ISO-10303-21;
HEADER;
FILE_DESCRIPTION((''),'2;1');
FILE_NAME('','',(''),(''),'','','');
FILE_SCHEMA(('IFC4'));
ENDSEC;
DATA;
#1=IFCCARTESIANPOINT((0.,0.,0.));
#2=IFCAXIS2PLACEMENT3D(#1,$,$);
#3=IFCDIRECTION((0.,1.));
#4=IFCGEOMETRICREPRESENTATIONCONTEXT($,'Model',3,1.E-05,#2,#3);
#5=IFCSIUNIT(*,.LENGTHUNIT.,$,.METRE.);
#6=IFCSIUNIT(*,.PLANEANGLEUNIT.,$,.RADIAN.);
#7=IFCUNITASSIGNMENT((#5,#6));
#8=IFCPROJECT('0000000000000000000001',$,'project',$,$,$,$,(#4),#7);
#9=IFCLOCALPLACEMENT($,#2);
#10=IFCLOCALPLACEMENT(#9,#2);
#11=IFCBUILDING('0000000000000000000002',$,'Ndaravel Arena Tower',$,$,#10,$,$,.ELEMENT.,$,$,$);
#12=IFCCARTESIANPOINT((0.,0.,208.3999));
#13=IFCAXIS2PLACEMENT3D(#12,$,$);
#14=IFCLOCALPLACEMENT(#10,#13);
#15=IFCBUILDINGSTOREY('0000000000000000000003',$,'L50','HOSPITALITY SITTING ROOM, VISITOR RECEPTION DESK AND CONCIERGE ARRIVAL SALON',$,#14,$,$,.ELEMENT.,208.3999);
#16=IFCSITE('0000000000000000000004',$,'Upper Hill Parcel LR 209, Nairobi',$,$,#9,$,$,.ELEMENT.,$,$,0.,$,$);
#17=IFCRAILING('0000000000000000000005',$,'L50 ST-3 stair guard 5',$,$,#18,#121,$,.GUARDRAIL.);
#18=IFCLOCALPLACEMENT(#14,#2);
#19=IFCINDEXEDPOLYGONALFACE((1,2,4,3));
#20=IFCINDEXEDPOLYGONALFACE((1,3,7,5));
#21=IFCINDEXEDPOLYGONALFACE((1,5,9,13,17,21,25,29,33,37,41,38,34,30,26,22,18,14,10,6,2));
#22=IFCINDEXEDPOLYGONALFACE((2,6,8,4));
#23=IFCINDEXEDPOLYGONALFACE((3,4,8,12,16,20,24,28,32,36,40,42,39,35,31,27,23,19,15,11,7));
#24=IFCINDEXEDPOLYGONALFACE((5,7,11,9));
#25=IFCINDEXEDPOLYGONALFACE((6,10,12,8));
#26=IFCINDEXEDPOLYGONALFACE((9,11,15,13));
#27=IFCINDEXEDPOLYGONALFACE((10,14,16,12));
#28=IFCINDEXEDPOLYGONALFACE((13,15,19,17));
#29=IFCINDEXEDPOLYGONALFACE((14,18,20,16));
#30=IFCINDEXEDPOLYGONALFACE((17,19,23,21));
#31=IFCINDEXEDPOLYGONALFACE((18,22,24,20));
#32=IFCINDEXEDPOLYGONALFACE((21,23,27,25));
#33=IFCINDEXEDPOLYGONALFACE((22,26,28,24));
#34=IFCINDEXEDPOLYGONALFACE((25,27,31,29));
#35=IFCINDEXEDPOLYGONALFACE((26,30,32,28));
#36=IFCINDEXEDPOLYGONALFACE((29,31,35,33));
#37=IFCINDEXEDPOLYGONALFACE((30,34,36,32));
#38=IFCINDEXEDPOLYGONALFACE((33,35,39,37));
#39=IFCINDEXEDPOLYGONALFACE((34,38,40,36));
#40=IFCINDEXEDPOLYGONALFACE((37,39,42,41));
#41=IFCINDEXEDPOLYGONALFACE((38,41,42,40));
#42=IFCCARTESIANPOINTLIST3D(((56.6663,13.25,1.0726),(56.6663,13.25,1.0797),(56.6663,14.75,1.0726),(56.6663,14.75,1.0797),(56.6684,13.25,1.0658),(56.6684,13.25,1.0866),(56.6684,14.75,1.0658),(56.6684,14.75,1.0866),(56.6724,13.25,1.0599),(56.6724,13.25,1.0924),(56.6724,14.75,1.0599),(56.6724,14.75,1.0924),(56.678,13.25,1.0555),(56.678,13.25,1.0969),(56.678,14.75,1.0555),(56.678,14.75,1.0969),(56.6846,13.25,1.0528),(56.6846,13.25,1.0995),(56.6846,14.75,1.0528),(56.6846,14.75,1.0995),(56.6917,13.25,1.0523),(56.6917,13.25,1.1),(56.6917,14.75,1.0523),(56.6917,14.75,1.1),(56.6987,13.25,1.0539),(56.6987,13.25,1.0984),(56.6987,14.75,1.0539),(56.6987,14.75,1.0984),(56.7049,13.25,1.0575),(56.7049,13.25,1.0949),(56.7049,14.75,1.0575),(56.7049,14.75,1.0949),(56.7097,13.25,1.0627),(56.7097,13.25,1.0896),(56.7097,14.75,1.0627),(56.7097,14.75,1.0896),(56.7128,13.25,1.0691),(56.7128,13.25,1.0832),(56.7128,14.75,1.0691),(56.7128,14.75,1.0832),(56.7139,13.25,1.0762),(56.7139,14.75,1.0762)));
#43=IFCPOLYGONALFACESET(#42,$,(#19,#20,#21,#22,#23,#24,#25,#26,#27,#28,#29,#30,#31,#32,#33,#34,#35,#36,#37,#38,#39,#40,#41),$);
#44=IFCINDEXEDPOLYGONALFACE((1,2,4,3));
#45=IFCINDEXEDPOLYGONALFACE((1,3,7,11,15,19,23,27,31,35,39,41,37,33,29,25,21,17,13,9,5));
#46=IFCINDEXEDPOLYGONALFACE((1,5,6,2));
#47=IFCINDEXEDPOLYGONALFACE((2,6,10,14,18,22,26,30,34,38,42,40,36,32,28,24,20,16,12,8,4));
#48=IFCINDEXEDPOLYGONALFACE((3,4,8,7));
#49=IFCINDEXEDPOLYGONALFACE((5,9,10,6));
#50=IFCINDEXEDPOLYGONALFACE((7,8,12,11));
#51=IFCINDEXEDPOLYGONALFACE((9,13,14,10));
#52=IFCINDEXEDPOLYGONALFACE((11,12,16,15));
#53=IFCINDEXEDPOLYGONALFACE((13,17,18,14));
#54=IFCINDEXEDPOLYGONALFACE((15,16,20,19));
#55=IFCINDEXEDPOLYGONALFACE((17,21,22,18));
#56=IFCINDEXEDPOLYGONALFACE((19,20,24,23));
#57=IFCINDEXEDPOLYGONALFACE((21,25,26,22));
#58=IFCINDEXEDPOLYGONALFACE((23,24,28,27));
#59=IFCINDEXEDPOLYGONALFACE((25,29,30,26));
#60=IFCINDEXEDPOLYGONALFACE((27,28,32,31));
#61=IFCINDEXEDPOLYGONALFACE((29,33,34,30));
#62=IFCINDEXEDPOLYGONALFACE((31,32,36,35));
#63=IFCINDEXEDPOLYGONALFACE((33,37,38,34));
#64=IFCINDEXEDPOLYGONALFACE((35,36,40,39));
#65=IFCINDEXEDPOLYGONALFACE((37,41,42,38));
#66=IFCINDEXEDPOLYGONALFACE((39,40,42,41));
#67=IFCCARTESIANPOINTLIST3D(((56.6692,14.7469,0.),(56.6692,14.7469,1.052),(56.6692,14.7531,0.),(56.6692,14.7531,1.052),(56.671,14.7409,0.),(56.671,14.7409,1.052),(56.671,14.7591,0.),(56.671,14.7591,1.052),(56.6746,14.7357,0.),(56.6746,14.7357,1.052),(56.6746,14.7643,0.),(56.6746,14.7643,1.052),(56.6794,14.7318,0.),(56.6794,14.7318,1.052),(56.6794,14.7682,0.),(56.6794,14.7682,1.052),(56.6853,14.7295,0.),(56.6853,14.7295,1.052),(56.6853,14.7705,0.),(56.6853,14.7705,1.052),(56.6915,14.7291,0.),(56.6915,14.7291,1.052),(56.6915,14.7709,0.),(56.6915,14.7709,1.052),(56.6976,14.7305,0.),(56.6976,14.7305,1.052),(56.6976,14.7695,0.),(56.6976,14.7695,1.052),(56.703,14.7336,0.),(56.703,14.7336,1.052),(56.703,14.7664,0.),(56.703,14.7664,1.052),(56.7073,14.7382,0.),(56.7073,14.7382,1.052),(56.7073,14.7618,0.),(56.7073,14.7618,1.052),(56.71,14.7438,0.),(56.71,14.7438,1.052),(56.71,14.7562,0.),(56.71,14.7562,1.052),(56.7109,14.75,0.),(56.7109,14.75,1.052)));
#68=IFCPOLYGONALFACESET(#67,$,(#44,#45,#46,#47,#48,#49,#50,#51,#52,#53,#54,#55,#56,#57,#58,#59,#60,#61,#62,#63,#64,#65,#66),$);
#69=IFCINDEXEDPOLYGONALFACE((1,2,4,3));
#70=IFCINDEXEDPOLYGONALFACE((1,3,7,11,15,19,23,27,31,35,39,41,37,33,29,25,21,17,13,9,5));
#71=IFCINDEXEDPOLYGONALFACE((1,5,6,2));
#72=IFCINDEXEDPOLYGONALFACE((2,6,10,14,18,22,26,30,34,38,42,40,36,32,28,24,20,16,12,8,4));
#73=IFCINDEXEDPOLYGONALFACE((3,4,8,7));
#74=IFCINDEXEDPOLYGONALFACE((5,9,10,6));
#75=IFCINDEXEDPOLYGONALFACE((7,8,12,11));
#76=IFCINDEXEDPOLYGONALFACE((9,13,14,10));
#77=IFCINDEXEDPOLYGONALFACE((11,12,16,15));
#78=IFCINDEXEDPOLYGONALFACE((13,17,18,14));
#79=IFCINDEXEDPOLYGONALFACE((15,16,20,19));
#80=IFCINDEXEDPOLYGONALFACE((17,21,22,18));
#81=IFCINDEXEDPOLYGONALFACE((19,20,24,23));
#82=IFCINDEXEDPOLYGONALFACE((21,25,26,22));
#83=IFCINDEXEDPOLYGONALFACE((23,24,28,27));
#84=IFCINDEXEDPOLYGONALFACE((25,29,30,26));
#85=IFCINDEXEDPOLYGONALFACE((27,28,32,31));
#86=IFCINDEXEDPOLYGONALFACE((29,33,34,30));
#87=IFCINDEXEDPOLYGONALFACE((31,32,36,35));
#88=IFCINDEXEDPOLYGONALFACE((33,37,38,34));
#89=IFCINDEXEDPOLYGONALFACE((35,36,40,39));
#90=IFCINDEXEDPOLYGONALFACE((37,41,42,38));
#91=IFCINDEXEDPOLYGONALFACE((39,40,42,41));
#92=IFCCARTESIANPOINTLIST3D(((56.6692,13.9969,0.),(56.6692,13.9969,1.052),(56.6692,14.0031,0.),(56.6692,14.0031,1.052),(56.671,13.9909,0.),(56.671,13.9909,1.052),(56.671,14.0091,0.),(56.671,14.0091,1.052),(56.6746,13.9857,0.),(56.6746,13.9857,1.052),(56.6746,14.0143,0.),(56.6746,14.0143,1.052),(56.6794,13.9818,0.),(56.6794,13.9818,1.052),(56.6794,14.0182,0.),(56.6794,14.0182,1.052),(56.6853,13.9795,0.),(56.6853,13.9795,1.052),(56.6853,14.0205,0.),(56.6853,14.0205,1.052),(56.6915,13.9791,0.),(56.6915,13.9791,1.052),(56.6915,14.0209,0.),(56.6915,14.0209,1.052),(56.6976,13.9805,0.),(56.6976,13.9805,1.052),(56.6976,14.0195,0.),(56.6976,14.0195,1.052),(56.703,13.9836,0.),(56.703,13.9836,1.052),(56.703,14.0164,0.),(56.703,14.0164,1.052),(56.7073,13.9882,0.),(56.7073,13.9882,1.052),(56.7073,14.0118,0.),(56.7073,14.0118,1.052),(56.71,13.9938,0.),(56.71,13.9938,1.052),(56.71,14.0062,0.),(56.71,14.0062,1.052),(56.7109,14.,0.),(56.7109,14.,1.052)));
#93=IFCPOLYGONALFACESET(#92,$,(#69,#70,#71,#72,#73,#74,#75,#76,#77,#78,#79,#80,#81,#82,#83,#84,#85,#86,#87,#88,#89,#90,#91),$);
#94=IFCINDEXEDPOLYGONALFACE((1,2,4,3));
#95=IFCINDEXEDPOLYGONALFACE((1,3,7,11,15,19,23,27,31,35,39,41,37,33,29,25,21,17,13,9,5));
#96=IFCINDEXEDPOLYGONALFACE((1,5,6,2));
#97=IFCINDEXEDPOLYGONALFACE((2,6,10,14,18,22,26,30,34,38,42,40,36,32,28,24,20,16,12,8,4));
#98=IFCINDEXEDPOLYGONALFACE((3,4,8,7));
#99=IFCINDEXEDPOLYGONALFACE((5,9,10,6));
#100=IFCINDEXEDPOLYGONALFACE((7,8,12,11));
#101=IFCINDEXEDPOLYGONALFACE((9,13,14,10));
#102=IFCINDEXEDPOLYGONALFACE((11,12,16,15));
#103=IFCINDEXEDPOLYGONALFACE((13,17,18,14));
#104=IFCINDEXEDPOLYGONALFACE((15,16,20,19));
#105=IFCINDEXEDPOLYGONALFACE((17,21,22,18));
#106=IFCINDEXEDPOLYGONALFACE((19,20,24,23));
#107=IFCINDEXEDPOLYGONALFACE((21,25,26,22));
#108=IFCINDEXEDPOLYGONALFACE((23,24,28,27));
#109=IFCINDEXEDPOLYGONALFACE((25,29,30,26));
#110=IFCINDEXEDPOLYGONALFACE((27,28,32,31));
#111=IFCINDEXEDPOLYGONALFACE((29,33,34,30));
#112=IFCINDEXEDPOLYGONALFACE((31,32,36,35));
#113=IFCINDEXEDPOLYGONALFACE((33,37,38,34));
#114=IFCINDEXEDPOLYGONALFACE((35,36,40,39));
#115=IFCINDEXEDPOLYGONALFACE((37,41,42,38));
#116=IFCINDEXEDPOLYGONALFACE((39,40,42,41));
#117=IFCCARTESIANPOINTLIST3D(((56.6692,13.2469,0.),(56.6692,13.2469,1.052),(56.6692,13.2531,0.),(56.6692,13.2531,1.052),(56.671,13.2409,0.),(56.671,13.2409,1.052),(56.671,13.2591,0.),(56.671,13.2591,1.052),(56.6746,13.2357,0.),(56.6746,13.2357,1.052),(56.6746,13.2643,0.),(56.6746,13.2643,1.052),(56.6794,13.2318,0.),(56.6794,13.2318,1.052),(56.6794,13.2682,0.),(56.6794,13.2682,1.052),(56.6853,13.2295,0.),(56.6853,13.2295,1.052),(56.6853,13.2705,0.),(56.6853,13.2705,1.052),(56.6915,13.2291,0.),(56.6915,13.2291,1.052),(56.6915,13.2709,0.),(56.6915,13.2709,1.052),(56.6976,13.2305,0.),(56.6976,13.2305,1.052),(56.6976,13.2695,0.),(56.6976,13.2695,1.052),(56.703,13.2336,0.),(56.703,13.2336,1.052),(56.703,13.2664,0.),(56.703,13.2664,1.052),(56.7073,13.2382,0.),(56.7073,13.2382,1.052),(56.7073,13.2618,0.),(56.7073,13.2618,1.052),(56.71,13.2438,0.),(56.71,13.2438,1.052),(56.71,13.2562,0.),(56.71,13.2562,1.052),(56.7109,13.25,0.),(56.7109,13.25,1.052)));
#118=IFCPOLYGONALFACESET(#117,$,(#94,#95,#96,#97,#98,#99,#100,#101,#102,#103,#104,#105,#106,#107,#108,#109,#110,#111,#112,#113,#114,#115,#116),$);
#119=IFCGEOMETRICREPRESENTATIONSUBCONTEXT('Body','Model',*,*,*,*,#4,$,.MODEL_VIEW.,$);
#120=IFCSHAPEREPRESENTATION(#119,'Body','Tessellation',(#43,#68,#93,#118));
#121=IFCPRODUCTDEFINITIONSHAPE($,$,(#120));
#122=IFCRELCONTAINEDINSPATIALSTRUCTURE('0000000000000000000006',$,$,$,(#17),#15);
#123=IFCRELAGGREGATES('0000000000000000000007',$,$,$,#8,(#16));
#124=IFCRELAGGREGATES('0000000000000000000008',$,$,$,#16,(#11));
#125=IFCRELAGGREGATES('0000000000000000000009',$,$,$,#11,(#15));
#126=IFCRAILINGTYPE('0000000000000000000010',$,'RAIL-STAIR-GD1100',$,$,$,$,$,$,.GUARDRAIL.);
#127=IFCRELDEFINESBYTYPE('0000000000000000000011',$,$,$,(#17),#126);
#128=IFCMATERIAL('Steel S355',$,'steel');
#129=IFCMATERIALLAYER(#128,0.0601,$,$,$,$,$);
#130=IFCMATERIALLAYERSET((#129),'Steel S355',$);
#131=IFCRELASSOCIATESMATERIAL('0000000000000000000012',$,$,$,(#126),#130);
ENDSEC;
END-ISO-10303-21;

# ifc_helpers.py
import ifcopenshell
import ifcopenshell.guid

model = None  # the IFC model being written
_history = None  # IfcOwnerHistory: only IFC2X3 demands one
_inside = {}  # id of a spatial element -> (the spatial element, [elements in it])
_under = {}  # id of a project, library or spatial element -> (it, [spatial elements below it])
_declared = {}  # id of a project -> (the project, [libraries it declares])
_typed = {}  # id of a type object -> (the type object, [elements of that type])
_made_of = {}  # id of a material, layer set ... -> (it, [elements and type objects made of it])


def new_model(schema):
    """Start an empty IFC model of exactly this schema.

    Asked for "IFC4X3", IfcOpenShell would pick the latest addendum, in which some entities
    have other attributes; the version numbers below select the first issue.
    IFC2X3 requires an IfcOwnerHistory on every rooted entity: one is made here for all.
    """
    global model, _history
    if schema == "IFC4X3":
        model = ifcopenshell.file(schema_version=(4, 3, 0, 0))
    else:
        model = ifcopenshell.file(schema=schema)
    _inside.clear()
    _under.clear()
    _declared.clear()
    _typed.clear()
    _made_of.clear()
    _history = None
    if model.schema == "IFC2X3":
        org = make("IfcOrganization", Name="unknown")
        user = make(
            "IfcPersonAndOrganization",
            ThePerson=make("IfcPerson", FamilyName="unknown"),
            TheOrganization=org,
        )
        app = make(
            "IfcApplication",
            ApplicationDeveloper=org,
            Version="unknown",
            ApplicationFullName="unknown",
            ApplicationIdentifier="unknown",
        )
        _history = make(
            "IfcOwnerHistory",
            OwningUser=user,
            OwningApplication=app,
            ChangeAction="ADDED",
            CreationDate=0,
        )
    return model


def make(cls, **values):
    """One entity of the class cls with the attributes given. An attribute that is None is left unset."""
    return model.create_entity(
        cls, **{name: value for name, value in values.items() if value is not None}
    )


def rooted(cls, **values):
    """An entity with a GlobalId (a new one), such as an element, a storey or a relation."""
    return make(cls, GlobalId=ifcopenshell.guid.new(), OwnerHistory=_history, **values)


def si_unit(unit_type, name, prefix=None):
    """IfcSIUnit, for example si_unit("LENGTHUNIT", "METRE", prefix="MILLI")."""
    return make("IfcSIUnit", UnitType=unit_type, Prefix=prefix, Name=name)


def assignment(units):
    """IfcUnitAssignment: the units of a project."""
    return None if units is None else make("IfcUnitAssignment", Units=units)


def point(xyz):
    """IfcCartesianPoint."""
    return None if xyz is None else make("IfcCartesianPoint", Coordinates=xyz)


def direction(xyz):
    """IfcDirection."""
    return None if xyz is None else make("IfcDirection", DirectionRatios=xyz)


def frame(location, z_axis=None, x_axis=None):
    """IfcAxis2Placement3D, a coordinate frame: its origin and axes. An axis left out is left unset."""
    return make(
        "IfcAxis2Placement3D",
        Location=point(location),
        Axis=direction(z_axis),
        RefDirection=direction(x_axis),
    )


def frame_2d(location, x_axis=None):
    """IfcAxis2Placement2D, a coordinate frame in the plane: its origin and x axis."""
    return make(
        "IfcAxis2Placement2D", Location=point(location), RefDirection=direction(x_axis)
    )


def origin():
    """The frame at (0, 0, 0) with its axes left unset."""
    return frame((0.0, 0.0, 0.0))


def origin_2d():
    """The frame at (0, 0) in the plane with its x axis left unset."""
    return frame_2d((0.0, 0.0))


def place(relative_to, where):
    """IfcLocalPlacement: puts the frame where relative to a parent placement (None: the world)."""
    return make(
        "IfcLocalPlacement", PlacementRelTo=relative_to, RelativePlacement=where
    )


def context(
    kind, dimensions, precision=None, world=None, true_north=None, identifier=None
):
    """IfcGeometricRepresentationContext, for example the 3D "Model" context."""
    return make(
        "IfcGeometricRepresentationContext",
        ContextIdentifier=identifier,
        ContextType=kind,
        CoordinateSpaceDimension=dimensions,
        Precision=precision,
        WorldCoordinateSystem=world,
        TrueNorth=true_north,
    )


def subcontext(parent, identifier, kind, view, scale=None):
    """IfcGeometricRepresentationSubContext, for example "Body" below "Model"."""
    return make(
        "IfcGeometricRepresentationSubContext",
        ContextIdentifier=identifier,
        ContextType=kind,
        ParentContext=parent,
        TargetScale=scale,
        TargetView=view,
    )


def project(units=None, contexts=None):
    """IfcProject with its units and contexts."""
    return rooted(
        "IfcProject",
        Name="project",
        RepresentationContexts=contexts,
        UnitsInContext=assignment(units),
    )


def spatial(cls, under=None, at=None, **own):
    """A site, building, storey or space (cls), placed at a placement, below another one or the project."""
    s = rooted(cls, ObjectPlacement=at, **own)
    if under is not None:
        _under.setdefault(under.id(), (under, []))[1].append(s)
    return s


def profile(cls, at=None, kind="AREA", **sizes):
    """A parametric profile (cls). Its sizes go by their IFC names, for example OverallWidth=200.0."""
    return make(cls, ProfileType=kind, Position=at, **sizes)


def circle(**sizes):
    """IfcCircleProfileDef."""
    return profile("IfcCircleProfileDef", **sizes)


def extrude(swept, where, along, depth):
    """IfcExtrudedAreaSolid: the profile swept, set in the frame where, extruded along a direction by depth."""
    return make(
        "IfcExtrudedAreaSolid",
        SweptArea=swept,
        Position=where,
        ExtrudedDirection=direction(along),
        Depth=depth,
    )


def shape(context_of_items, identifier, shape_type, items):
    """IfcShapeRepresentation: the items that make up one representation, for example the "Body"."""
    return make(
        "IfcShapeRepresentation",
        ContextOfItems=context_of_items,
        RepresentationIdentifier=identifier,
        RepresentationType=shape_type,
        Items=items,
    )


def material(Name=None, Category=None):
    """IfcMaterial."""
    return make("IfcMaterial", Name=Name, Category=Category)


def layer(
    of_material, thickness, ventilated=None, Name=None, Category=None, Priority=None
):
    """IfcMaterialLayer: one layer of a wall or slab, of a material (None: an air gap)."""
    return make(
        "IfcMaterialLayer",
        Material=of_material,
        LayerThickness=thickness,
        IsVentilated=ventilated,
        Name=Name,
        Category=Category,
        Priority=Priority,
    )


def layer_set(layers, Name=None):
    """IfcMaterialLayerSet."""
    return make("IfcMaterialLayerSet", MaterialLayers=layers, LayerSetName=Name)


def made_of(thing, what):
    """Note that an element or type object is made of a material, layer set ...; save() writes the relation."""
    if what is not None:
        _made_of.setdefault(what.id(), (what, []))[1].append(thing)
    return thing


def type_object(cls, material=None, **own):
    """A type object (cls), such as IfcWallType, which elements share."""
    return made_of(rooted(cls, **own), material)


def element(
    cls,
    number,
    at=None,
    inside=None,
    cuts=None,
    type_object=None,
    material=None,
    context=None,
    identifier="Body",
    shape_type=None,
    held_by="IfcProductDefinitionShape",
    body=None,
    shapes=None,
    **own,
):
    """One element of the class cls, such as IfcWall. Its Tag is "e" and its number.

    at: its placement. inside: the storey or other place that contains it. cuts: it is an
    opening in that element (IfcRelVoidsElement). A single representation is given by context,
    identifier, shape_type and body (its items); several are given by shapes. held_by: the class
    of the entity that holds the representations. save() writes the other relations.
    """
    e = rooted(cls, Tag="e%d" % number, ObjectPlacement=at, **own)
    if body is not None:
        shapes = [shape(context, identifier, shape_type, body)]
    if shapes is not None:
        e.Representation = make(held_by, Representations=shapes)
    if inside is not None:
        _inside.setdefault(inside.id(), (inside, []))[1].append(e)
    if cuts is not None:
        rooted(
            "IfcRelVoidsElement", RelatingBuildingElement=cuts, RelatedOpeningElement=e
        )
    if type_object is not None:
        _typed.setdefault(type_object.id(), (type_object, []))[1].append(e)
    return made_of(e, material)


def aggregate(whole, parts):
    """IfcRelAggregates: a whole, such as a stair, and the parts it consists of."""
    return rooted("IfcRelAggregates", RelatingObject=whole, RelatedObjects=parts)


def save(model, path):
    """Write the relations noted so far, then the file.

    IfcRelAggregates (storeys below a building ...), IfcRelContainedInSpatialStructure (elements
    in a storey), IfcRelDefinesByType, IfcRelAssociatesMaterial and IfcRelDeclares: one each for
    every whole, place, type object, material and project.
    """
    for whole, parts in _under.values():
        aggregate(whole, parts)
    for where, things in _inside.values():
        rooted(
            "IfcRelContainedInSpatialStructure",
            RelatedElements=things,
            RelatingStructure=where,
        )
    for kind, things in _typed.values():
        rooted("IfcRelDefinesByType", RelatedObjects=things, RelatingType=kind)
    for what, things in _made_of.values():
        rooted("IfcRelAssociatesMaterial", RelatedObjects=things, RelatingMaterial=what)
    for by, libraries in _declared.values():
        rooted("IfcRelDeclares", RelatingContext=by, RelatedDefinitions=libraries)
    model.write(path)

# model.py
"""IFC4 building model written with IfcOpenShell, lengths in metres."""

from ifc_helpers import new_model, si_unit, direction, frame, origin, origin_2d, place, context, subcontext, project, spatial, circle, extrude, material, layer, layer_set, type_object, element, save


model = new_model("IFC4")

# Units and contexts
model_context = context("Model", 3, precision=1e-05, world=origin(), true_north=direction((0.0, 1.0)))
body_context = subcontext(model_context, "Body", "Model", "MODEL_VIEW")
ifc_project = project(units=[si_unit("LENGTHUNIT", "METRE"), si_unit("PLANEANGLEUNIT", "RADIAN")], contexts=[model_context])

# Site, building, storey
site_placement = place(None, origin())
site = spatial("IfcSite", under=ifc_project, at=site_placement, Name="Upper Hill Parcel LR 209, Nairobi", CompositionType="ELEMENT", RefElevation=0.0)
building_placement = place(site_placement, origin())
building = spatial("IfcBuilding", under=site, at=building_placement, Name="Ndaravel Arena Tower", CompositionType="ELEMENT")
storey_placement = place(building_placement, frame((0.0, 0.0, 208.3999)))
storey = spatial("IfcBuildingStorey", under=building, at=storey_placement, Name="L50", Description="HOSPITALITY SITTING ROOM, VISITOR RECEPTION DESK AND CONCIERGE ARRIVAL SALON", CompositionType="ELEMENT", Elevation=208.3999)

# Railing
ifc_material_1 = material(Name="Steel S355", Category="steel")
ifc_layer_1 = layer(ifc_material_1, 0.0601)
ifc_layer_set_1 = layer_set([ifc_layer_1], Name="Steel S355")
railing_type_1 = type_object("IfcRailingType", Name="RAIL-STAIR-GD1100", PredefinedType="GUARDRAIL", material=ifc_layer_set_1)
railing_1_placement = place(storey_placement, frame((56.6899, 14.75, 0.0)))
element("IfcRailing", 1, at=railing_1_placement, inside=storey, type_object=railing_type_1, Name="L50 ST-3 stair guard 5", PredefinedType="GUARDRAIL", context=body_context, shape_type="SweptSolid", body=[
    extrude(circle(Radius=0.0239, at=origin_2d()), frame((0.0, 0.0, 1.0762), z_axis=(0.0, -1.0, 0.0), x_axis=(1.0, 0.0, 0.0)), (0.0, 0.0, 1.0), 1.5),
    extrude(circle(Radius=0.021, at=origin_2d()), origin(), (0.0, 0.0, 1.0), 1.052),
    extrude(circle(Radius=0.021, at=origin_2d()), frame((0.0, -0.75, 0.0)), (0.0, 0.0, 1.0), 1.052),
    extrude(circle(Radius=0.021, at=origin_2d()), frame((0.0, -1.5, 0.0)), (0.0, 0.0, 1.0), 1.052),
])

save(model, "model.ifc")
